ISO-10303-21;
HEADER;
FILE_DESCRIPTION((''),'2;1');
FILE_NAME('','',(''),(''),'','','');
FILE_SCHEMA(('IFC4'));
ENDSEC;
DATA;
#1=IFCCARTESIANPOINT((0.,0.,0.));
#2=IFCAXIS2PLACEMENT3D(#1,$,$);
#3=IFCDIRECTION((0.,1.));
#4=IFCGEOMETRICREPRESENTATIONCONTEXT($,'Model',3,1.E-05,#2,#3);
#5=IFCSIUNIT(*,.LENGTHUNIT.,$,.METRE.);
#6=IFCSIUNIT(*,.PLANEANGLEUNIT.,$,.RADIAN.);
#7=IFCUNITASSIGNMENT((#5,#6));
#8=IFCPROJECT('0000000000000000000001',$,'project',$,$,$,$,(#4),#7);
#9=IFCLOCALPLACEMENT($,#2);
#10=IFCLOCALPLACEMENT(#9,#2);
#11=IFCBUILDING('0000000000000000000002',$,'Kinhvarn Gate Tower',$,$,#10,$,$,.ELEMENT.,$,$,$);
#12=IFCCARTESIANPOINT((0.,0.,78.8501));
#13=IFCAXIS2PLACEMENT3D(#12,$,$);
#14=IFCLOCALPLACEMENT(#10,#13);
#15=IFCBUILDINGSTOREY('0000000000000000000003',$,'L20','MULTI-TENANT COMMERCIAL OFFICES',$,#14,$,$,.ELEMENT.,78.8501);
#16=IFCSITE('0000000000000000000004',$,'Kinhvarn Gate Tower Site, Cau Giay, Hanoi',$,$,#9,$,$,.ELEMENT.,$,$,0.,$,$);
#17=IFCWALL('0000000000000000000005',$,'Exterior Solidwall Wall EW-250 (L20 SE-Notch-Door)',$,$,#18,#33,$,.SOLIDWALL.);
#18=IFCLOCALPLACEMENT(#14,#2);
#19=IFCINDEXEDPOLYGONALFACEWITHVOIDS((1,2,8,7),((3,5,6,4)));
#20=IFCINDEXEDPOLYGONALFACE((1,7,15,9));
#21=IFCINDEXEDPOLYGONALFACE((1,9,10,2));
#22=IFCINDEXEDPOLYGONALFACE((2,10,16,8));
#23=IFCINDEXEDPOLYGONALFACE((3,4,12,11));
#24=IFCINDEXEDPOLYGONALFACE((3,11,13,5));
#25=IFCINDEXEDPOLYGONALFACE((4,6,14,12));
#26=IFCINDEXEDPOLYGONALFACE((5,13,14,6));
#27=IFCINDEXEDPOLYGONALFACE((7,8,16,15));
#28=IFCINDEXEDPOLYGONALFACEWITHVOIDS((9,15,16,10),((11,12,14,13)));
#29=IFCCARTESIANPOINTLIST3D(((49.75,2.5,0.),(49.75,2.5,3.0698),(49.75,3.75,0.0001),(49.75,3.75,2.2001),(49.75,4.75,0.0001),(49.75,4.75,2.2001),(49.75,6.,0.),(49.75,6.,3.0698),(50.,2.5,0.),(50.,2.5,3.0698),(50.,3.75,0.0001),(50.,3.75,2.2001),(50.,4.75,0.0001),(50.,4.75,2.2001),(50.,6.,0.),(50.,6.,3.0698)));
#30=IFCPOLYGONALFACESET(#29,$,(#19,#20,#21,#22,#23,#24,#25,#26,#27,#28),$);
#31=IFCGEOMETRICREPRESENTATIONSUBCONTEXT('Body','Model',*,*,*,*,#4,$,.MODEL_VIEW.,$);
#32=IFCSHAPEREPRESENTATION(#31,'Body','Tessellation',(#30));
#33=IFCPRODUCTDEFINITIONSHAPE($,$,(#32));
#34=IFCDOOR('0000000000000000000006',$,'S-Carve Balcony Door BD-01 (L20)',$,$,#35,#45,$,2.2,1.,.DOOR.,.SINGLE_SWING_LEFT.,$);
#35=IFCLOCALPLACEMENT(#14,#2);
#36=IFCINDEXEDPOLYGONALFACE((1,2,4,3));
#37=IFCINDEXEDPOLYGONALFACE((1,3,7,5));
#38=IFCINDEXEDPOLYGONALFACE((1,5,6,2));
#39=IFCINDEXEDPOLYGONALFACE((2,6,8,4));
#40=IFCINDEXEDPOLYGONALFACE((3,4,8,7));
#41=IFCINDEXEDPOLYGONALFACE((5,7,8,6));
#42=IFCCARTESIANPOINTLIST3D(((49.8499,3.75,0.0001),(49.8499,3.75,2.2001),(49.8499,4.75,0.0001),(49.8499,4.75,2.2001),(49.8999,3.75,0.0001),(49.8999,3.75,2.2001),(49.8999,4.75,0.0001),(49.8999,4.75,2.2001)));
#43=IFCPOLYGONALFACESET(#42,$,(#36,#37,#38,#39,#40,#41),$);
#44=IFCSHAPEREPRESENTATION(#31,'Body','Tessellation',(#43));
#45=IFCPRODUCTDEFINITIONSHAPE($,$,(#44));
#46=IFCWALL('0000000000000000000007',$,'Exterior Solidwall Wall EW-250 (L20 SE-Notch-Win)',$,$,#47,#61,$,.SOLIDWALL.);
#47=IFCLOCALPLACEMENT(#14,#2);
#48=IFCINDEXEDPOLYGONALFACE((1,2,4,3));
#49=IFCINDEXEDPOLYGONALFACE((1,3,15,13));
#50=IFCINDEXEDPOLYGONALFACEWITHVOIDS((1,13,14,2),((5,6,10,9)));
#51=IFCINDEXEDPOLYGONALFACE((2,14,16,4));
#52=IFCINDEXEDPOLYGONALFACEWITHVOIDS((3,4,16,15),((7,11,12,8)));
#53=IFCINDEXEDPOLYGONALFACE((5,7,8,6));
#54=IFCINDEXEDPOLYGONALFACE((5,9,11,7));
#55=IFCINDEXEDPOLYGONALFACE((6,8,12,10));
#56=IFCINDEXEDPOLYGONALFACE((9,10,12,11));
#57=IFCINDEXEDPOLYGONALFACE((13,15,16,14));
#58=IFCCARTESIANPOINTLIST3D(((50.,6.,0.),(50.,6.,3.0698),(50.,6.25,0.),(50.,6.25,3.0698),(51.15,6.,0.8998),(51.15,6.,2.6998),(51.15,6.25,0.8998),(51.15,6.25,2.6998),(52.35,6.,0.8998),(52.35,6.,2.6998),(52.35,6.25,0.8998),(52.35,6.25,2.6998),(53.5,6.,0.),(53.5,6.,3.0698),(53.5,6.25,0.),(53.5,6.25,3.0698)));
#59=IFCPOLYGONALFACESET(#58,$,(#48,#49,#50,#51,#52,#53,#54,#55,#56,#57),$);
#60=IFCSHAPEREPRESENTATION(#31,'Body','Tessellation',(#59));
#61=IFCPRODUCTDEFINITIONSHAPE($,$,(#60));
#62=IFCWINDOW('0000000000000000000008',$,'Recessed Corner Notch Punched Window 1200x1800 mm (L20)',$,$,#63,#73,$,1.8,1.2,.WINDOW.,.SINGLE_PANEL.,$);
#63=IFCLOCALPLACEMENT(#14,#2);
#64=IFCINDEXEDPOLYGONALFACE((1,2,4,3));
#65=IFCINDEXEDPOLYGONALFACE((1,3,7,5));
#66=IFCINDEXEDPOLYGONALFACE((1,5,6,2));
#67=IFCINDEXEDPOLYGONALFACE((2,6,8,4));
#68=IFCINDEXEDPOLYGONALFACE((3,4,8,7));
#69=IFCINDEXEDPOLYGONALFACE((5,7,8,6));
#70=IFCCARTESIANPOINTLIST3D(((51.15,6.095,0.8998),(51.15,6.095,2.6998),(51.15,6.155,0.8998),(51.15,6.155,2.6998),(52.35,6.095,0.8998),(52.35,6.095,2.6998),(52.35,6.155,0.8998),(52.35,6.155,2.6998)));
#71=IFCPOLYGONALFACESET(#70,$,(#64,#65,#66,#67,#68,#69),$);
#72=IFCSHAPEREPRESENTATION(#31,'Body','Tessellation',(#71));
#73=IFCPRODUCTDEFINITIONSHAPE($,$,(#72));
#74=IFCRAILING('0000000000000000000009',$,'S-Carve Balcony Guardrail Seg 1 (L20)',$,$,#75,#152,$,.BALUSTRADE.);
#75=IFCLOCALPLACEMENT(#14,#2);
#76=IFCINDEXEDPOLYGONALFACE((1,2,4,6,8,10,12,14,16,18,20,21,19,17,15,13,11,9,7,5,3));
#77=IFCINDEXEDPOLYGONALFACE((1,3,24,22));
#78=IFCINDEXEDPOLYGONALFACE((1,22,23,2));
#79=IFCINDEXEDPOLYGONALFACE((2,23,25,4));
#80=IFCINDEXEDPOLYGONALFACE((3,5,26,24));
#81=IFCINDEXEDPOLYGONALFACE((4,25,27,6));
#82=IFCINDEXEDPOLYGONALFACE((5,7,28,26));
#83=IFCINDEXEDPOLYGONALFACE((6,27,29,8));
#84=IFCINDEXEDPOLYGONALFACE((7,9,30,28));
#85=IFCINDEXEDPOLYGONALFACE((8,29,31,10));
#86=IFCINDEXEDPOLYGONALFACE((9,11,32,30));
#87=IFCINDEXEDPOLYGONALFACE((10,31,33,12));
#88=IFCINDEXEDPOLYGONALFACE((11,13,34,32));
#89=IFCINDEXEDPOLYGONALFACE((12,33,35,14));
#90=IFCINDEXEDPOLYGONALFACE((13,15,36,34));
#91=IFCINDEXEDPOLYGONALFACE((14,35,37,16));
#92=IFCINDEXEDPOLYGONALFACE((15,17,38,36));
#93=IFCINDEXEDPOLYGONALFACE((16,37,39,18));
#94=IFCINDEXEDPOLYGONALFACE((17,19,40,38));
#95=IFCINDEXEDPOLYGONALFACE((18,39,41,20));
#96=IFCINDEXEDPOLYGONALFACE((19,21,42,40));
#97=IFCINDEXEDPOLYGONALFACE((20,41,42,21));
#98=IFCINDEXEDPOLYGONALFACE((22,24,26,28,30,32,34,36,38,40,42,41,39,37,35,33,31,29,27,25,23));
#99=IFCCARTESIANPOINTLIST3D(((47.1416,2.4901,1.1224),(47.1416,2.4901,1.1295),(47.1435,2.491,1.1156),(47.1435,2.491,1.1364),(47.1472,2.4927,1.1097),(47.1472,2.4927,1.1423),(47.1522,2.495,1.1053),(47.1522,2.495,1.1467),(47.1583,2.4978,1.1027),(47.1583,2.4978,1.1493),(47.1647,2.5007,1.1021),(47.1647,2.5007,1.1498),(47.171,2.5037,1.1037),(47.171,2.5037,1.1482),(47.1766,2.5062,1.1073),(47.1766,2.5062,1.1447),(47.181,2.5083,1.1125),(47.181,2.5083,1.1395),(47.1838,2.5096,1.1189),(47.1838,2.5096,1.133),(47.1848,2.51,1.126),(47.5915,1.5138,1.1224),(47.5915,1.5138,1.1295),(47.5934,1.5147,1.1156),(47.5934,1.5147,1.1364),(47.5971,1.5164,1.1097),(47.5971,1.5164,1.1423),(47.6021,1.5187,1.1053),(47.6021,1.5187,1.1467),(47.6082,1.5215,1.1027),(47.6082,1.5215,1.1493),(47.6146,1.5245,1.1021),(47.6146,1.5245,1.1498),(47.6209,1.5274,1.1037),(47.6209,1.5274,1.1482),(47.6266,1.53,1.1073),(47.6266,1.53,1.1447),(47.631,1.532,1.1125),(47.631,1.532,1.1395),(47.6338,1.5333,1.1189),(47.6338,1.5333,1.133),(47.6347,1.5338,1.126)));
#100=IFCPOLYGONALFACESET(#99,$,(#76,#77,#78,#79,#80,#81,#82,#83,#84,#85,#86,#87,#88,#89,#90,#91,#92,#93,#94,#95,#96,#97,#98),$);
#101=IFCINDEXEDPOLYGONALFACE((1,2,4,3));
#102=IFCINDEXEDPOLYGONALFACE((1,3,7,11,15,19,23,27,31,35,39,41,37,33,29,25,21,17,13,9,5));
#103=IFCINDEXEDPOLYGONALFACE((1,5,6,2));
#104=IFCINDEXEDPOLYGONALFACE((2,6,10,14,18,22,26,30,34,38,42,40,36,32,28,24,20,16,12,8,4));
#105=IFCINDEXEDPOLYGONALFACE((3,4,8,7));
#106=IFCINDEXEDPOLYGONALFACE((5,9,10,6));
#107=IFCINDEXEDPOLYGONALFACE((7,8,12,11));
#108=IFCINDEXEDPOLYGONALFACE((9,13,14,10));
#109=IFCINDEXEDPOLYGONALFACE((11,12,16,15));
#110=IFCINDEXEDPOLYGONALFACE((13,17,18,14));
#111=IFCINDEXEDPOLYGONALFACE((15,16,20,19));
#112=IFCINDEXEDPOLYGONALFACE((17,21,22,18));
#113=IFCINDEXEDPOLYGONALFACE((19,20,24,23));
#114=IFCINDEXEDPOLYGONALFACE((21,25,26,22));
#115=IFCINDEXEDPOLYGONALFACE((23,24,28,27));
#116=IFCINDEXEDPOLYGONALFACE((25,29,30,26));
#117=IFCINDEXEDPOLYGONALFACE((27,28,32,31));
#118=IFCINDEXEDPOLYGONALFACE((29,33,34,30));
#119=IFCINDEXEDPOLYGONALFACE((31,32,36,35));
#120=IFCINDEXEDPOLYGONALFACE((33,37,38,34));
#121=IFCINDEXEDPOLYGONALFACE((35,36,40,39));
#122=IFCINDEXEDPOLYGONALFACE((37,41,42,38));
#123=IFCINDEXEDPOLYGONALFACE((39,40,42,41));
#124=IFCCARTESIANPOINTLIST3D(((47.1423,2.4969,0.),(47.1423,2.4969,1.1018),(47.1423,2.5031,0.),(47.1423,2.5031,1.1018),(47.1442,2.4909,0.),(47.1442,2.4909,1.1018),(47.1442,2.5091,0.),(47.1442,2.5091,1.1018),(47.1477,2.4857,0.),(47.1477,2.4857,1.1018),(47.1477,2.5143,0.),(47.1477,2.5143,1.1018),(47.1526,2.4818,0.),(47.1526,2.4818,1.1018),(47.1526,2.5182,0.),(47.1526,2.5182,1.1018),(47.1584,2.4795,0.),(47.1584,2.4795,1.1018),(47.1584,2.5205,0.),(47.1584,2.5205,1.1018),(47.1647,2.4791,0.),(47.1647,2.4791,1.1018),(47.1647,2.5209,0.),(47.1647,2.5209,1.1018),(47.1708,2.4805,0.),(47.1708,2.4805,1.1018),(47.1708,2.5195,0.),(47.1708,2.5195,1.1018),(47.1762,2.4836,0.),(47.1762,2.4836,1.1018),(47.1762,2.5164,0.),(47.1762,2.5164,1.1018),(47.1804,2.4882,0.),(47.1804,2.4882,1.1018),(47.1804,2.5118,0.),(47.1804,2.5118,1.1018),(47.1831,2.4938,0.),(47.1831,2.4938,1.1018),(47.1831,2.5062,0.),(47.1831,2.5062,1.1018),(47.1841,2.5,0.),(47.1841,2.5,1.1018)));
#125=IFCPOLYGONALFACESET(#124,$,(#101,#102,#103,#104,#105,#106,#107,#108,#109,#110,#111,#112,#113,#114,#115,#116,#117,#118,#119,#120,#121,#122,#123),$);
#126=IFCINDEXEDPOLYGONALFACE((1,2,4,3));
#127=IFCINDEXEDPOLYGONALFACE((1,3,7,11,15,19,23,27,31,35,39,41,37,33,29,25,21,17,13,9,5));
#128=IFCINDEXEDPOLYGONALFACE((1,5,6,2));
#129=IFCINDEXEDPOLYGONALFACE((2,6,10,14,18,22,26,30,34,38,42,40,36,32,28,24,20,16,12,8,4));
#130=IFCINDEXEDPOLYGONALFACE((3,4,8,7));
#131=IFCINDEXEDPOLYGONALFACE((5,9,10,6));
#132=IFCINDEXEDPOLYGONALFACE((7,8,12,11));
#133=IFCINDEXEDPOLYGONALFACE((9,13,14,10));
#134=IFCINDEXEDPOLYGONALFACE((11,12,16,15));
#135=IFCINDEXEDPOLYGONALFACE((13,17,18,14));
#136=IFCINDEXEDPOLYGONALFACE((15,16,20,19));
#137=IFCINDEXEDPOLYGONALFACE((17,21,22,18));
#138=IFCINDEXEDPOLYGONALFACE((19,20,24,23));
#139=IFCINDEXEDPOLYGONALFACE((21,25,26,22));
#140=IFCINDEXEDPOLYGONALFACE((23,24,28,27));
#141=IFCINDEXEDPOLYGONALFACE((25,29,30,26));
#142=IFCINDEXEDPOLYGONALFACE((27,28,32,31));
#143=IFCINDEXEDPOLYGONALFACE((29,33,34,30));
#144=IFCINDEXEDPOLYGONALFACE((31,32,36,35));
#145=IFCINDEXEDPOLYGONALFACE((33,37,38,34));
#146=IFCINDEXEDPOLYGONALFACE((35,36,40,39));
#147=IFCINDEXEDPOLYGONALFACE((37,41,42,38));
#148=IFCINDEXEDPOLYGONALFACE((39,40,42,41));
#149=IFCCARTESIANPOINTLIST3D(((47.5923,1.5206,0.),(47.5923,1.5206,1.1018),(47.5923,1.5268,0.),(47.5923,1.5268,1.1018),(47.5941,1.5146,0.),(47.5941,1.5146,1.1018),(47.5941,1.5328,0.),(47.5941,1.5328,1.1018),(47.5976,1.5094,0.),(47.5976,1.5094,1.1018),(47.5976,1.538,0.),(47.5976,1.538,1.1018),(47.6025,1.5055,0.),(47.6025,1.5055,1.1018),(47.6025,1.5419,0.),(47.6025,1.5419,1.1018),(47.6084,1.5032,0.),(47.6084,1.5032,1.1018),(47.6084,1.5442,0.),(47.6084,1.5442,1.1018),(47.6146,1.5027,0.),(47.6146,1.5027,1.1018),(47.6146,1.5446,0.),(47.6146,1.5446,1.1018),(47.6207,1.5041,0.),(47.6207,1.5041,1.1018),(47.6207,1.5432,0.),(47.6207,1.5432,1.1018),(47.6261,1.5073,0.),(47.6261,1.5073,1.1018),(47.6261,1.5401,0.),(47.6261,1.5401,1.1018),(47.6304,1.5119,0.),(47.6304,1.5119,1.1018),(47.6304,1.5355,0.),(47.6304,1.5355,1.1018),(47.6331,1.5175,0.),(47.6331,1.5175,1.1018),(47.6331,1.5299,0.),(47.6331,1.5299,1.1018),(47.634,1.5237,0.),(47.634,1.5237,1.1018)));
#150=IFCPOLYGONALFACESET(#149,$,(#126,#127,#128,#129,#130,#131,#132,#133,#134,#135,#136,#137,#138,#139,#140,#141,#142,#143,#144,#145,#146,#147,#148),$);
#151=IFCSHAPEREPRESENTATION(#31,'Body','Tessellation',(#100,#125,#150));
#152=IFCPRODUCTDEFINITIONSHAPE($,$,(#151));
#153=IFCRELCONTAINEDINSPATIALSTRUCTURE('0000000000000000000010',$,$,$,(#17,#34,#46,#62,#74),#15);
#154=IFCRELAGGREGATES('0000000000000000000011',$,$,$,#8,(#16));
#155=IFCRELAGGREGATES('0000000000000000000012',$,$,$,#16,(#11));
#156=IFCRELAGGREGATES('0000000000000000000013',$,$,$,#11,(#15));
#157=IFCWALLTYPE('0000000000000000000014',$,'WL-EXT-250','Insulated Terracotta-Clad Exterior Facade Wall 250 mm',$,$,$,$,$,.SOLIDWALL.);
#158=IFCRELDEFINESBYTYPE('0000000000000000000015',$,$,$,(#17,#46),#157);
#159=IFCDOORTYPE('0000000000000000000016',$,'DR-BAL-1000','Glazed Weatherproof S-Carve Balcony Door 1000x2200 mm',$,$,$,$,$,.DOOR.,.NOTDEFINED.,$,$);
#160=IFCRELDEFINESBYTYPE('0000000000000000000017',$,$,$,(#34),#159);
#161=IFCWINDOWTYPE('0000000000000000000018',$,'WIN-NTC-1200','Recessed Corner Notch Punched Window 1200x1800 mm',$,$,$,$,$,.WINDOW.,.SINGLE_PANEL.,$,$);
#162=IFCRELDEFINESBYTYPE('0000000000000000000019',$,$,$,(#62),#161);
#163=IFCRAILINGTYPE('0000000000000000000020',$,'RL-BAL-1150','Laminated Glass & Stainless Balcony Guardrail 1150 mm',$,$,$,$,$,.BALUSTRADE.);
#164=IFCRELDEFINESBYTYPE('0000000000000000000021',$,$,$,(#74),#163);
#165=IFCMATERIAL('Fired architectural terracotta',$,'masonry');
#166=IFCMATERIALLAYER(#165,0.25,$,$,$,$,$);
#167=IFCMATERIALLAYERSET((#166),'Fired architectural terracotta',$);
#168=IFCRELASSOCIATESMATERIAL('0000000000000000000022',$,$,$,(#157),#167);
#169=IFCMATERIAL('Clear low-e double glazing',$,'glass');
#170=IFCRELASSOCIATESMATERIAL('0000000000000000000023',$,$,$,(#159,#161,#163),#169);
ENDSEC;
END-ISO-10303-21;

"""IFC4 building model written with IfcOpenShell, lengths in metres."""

from ifc_helpers import new_model, si_unit, direction, frame, frame_2d, origin, origin_2d, place, context, subcontext, project, spatial, rectangle, circle, extrude, material, layer, layer_set, type_object, element, fill, save


model = new_model("IFC4")

# Units and contexts
model_context = context("Model", 3, precision=1e-05, world=origin(), true_north=direction((0.0, 1.0)))
body_context = subcontext(model_context, "Body", "Model", "MODEL_VIEW")
ifc_project = project(units=[si_unit("LENGTHUNIT", "METRE"), si_unit("PLANEANGLEUNIT", "RADIAN")], contexts=[model_context])

# Site, building, storey
site_placement = place(None, origin())
site = spatial("IfcSite", under=ifc_project, at=site_placement, Name="Kinhvarn Gate Tower Site, Cau Giay, Hanoi", CompositionType="ELEMENT", RefElevation=0.0)
building_placement = place(site_placement, origin())
building = spatial("IfcBuilding", under=site, at=building_placement, Name="Kinhvarn Gate Tower", CompositionType="ELEMENT")
storey_placement = place(building_placement, frame((0.0, 0.0, 78.8501)))
storey = spatial("IfcBuildingStorey", under=building, at=storey_placement, Name="L20", Description="MULTI-TENANT COMMERCIAL OFFICES", CompositionType="ELEMENT", Elevation=78.8501)

# Shared definitions
ifc_material_1 = material(Name="Clear low-e double glazing", Category="glass")

# Wall, opening, door
ifc_material_2 = material(Name="Fired architectural terracotta", Category="masonry")
ifc_layer_1 = layer(ifc_material_2, 0.25)
ifc_layer_set_1 = layer_set([ifc_layer_1], Name="Fired architectural terracotta")
wall_type = type_object("IfcWallType", Name="WL-EXT-250", Description="Insulated Terracotta-Clad Exterior Facade Wall 250 mm", PredefinedType="SOLIDWALL", material=ifc_layer_set_1)
wall_1_placement = place(storey_placement, frame((49.875, 2.5, 0.0), z_axis=(0.0, 0.0, 1.0), x_axis=(0.0, 1.0, 0.0)))
wall_1 = element("IfcWall", 1, at=wall_1_placement, inside=storey, type_object=wall_type, Name="Exterior Solidwall Wall EW-250 (L20 SE-Notch-Door)", PredefinedType="SOLIDWALL", context=body_context, shape_type="SweptSolid", body=[
    extrude(rectangle(XDim=3.5, YDim=0.25, at=frame_2d((1.75, 0.0))), origin(), (0.0, 0.0, 1.0), 3.0698),
])
opening_1_placement = place(wall_1_placement, frame((1.25, 0.0, 0.0)))
opening_1 = element("IfcOpeningElement", 2, at=opening_1_placement, cuts=wall_1, PredefinedType="OPENING", context=body_context, shape_type="SweptSolid", body=[
    extrude(rectangle(XDim=1.0, YDim=2.2, at=frame_2d((0.5, 1.1001))), frame((0.0, 0.135, 0.0), z_axis=(0.0, -1.0, 0.0), x_axis=(1.0, 0.0, 0.0)), (0.0, 0.0, 1.0), 0.27),
])
door_type = type_object("IfcDoorType", Name="DR-BAL-1000", Description="Glazed Weatherproof S-Carve Balcony Door 1000x2200 mm", OperationType="NOTDEFINED", PredefinedType="DOOR", material=ifc_material_1)
door_placement = place(opening_1_placement, frame((1.0, 0.0, 0.0), z_axis=(0.0, 0.0, 1.0), x_axis=(-1.0, 0.0, 0.0)))
door = element("IfcDoor", 3, at=door_placement, inside=storey, type_object=door_type, Name="S-Carve Balcony Door BD-01 (L20)", OperationType="SINGLE_SWING_LEFT", OverallHeight=2.2, OverallWidth=1.0, PredefinedType="DOOR", context=body_context, shape_type="SweptSolid", body=[
    extrude(rectangle(XDim=1.0, YDim=2.2, at=frame_2d((0.5, 1.1001))), frame((0.0, 0.0249, 0.0), z_axis=(0.0, -1.0, 0.0), x_axis=(1.0, 0.0, 0.0)), (0.0, 0.0, 1.0), 0.05),
])
fill(opening_1, door)

# Wall, opening, window
wall_2_placement = place(storey_placement, frame((50.0, 6.125, 0.0), z_axis=(0.0, 0.0, 1.0), x_axis=(1.0, 0.0, 0.0)))
wall_2 = element("IfcWall", 4, at=wall_2_placement, inside=storey, type_object=wall_type, Name="Exterior Solidwall Wall EW-250 (L20 SE-Notch-Win)", PredefinedType="SOLIDWALL", context=body_context, shape_type="SweptSolid", body=[
    extrude(rectangle(XDim=3.5, YDim=0.25, at=frame_2d((1.75, 0.0))), origin(), (0.0, 0.0, 1.0), 3.0698),
])
opening_2_placement = place(wall_2_placement, frame((1.1499, 0.0, 0.8999)))
opening_2 = element("IfcOpeningElement", 5, at=opening_2_placement, cuts=wall_2, PredefinedType="OPENING", context=body_context, shape_type="SweptSolid", body=[
    extrude(rectangle(XDim=1.2, YDim=1.8, at=frame_2d((0.6001, 0.8999))), frame((0.0, 0.135, 0.0), z_axis=(0.0, -1.0, 0.0), x_axis=(1.0, 0.0, 0.0)), (0.0, 0.0, 1.0), 0.27),
])
window_type = type_object("IfcWindowType", Name="WIN-NTC-1200", Description="Recessed Corner Notch Punched Window 1200x1800 mm", PartitioningType="SINGLE_PANEL", PredefinedType="WINDOW", material=ifc_material_1)
window_placement = place(opening_2_placement, origin())
window = element("IfcWindow", 6, at=window_placement, inside=storey, type_object=window_type, Name="Recessed Corner Notch Punched Window 1200x1800 mm (L20)", OverallHeight=1.8, OverallWidth=1.2, PartitioningType="SINGLE_PANEL", PredefinedType="WINDOW", context=body_context, shape_type="SweptSolid", body=[
    extrude(rectangle(XDim=1.2, YDim=1.8, at=frame_2d((0.6001, 0.8999))), frame((0.0, 0.03, 0.0), z_axis=(0.0, -1.0, 0.0), x_axis=(1.0, 0.0, 0.0)), (0.0, 0.0, 1.0), 0.0601),
])
fill(opening_2, window)

# Railing
railing_type = type_object("IfcRailingType", Name="RL-BAL-1150", Description="Laminated Glass & Stainless Balcony Guardrail 1150 mm", PredefinedType="BALUSTRADE", material=ifc_material_1)
railing_1_placement = place(storey_placement, frame((47.1631, 2.5, 0.0)))
element("IfcRailing", 7, at=railing_1_placement, inside=storey, type_object=railing_type, Name="S-Carve Balcony Guardrail Seg 1 (L20)", PredefinedType="BALUSTRADE", context=body_context, shape_type="SweptSolid", body=[
    extrude(circle(Radius=0.0239, at=origin_2d()), frame((0.0, 0.0, 1.126), z_axis=(0.418554, -0.908192, 0.0), x_axis=(0.908192, 0.418554, 0.0)), (0.0, 0.0, 1.0), 1.075),
    extrude(circle(Radius=0.021, at=origin_2d()), origin(), (0.0, 0.0, 1.0), 1.1018),
    extrude(circle(Radius=0.021, at=origin_2d()), frame((0.45, -0.9763, 0.0)), (0.0, 0.0, 1.0), 1.1018),
])

save(model, "model.ifc")
